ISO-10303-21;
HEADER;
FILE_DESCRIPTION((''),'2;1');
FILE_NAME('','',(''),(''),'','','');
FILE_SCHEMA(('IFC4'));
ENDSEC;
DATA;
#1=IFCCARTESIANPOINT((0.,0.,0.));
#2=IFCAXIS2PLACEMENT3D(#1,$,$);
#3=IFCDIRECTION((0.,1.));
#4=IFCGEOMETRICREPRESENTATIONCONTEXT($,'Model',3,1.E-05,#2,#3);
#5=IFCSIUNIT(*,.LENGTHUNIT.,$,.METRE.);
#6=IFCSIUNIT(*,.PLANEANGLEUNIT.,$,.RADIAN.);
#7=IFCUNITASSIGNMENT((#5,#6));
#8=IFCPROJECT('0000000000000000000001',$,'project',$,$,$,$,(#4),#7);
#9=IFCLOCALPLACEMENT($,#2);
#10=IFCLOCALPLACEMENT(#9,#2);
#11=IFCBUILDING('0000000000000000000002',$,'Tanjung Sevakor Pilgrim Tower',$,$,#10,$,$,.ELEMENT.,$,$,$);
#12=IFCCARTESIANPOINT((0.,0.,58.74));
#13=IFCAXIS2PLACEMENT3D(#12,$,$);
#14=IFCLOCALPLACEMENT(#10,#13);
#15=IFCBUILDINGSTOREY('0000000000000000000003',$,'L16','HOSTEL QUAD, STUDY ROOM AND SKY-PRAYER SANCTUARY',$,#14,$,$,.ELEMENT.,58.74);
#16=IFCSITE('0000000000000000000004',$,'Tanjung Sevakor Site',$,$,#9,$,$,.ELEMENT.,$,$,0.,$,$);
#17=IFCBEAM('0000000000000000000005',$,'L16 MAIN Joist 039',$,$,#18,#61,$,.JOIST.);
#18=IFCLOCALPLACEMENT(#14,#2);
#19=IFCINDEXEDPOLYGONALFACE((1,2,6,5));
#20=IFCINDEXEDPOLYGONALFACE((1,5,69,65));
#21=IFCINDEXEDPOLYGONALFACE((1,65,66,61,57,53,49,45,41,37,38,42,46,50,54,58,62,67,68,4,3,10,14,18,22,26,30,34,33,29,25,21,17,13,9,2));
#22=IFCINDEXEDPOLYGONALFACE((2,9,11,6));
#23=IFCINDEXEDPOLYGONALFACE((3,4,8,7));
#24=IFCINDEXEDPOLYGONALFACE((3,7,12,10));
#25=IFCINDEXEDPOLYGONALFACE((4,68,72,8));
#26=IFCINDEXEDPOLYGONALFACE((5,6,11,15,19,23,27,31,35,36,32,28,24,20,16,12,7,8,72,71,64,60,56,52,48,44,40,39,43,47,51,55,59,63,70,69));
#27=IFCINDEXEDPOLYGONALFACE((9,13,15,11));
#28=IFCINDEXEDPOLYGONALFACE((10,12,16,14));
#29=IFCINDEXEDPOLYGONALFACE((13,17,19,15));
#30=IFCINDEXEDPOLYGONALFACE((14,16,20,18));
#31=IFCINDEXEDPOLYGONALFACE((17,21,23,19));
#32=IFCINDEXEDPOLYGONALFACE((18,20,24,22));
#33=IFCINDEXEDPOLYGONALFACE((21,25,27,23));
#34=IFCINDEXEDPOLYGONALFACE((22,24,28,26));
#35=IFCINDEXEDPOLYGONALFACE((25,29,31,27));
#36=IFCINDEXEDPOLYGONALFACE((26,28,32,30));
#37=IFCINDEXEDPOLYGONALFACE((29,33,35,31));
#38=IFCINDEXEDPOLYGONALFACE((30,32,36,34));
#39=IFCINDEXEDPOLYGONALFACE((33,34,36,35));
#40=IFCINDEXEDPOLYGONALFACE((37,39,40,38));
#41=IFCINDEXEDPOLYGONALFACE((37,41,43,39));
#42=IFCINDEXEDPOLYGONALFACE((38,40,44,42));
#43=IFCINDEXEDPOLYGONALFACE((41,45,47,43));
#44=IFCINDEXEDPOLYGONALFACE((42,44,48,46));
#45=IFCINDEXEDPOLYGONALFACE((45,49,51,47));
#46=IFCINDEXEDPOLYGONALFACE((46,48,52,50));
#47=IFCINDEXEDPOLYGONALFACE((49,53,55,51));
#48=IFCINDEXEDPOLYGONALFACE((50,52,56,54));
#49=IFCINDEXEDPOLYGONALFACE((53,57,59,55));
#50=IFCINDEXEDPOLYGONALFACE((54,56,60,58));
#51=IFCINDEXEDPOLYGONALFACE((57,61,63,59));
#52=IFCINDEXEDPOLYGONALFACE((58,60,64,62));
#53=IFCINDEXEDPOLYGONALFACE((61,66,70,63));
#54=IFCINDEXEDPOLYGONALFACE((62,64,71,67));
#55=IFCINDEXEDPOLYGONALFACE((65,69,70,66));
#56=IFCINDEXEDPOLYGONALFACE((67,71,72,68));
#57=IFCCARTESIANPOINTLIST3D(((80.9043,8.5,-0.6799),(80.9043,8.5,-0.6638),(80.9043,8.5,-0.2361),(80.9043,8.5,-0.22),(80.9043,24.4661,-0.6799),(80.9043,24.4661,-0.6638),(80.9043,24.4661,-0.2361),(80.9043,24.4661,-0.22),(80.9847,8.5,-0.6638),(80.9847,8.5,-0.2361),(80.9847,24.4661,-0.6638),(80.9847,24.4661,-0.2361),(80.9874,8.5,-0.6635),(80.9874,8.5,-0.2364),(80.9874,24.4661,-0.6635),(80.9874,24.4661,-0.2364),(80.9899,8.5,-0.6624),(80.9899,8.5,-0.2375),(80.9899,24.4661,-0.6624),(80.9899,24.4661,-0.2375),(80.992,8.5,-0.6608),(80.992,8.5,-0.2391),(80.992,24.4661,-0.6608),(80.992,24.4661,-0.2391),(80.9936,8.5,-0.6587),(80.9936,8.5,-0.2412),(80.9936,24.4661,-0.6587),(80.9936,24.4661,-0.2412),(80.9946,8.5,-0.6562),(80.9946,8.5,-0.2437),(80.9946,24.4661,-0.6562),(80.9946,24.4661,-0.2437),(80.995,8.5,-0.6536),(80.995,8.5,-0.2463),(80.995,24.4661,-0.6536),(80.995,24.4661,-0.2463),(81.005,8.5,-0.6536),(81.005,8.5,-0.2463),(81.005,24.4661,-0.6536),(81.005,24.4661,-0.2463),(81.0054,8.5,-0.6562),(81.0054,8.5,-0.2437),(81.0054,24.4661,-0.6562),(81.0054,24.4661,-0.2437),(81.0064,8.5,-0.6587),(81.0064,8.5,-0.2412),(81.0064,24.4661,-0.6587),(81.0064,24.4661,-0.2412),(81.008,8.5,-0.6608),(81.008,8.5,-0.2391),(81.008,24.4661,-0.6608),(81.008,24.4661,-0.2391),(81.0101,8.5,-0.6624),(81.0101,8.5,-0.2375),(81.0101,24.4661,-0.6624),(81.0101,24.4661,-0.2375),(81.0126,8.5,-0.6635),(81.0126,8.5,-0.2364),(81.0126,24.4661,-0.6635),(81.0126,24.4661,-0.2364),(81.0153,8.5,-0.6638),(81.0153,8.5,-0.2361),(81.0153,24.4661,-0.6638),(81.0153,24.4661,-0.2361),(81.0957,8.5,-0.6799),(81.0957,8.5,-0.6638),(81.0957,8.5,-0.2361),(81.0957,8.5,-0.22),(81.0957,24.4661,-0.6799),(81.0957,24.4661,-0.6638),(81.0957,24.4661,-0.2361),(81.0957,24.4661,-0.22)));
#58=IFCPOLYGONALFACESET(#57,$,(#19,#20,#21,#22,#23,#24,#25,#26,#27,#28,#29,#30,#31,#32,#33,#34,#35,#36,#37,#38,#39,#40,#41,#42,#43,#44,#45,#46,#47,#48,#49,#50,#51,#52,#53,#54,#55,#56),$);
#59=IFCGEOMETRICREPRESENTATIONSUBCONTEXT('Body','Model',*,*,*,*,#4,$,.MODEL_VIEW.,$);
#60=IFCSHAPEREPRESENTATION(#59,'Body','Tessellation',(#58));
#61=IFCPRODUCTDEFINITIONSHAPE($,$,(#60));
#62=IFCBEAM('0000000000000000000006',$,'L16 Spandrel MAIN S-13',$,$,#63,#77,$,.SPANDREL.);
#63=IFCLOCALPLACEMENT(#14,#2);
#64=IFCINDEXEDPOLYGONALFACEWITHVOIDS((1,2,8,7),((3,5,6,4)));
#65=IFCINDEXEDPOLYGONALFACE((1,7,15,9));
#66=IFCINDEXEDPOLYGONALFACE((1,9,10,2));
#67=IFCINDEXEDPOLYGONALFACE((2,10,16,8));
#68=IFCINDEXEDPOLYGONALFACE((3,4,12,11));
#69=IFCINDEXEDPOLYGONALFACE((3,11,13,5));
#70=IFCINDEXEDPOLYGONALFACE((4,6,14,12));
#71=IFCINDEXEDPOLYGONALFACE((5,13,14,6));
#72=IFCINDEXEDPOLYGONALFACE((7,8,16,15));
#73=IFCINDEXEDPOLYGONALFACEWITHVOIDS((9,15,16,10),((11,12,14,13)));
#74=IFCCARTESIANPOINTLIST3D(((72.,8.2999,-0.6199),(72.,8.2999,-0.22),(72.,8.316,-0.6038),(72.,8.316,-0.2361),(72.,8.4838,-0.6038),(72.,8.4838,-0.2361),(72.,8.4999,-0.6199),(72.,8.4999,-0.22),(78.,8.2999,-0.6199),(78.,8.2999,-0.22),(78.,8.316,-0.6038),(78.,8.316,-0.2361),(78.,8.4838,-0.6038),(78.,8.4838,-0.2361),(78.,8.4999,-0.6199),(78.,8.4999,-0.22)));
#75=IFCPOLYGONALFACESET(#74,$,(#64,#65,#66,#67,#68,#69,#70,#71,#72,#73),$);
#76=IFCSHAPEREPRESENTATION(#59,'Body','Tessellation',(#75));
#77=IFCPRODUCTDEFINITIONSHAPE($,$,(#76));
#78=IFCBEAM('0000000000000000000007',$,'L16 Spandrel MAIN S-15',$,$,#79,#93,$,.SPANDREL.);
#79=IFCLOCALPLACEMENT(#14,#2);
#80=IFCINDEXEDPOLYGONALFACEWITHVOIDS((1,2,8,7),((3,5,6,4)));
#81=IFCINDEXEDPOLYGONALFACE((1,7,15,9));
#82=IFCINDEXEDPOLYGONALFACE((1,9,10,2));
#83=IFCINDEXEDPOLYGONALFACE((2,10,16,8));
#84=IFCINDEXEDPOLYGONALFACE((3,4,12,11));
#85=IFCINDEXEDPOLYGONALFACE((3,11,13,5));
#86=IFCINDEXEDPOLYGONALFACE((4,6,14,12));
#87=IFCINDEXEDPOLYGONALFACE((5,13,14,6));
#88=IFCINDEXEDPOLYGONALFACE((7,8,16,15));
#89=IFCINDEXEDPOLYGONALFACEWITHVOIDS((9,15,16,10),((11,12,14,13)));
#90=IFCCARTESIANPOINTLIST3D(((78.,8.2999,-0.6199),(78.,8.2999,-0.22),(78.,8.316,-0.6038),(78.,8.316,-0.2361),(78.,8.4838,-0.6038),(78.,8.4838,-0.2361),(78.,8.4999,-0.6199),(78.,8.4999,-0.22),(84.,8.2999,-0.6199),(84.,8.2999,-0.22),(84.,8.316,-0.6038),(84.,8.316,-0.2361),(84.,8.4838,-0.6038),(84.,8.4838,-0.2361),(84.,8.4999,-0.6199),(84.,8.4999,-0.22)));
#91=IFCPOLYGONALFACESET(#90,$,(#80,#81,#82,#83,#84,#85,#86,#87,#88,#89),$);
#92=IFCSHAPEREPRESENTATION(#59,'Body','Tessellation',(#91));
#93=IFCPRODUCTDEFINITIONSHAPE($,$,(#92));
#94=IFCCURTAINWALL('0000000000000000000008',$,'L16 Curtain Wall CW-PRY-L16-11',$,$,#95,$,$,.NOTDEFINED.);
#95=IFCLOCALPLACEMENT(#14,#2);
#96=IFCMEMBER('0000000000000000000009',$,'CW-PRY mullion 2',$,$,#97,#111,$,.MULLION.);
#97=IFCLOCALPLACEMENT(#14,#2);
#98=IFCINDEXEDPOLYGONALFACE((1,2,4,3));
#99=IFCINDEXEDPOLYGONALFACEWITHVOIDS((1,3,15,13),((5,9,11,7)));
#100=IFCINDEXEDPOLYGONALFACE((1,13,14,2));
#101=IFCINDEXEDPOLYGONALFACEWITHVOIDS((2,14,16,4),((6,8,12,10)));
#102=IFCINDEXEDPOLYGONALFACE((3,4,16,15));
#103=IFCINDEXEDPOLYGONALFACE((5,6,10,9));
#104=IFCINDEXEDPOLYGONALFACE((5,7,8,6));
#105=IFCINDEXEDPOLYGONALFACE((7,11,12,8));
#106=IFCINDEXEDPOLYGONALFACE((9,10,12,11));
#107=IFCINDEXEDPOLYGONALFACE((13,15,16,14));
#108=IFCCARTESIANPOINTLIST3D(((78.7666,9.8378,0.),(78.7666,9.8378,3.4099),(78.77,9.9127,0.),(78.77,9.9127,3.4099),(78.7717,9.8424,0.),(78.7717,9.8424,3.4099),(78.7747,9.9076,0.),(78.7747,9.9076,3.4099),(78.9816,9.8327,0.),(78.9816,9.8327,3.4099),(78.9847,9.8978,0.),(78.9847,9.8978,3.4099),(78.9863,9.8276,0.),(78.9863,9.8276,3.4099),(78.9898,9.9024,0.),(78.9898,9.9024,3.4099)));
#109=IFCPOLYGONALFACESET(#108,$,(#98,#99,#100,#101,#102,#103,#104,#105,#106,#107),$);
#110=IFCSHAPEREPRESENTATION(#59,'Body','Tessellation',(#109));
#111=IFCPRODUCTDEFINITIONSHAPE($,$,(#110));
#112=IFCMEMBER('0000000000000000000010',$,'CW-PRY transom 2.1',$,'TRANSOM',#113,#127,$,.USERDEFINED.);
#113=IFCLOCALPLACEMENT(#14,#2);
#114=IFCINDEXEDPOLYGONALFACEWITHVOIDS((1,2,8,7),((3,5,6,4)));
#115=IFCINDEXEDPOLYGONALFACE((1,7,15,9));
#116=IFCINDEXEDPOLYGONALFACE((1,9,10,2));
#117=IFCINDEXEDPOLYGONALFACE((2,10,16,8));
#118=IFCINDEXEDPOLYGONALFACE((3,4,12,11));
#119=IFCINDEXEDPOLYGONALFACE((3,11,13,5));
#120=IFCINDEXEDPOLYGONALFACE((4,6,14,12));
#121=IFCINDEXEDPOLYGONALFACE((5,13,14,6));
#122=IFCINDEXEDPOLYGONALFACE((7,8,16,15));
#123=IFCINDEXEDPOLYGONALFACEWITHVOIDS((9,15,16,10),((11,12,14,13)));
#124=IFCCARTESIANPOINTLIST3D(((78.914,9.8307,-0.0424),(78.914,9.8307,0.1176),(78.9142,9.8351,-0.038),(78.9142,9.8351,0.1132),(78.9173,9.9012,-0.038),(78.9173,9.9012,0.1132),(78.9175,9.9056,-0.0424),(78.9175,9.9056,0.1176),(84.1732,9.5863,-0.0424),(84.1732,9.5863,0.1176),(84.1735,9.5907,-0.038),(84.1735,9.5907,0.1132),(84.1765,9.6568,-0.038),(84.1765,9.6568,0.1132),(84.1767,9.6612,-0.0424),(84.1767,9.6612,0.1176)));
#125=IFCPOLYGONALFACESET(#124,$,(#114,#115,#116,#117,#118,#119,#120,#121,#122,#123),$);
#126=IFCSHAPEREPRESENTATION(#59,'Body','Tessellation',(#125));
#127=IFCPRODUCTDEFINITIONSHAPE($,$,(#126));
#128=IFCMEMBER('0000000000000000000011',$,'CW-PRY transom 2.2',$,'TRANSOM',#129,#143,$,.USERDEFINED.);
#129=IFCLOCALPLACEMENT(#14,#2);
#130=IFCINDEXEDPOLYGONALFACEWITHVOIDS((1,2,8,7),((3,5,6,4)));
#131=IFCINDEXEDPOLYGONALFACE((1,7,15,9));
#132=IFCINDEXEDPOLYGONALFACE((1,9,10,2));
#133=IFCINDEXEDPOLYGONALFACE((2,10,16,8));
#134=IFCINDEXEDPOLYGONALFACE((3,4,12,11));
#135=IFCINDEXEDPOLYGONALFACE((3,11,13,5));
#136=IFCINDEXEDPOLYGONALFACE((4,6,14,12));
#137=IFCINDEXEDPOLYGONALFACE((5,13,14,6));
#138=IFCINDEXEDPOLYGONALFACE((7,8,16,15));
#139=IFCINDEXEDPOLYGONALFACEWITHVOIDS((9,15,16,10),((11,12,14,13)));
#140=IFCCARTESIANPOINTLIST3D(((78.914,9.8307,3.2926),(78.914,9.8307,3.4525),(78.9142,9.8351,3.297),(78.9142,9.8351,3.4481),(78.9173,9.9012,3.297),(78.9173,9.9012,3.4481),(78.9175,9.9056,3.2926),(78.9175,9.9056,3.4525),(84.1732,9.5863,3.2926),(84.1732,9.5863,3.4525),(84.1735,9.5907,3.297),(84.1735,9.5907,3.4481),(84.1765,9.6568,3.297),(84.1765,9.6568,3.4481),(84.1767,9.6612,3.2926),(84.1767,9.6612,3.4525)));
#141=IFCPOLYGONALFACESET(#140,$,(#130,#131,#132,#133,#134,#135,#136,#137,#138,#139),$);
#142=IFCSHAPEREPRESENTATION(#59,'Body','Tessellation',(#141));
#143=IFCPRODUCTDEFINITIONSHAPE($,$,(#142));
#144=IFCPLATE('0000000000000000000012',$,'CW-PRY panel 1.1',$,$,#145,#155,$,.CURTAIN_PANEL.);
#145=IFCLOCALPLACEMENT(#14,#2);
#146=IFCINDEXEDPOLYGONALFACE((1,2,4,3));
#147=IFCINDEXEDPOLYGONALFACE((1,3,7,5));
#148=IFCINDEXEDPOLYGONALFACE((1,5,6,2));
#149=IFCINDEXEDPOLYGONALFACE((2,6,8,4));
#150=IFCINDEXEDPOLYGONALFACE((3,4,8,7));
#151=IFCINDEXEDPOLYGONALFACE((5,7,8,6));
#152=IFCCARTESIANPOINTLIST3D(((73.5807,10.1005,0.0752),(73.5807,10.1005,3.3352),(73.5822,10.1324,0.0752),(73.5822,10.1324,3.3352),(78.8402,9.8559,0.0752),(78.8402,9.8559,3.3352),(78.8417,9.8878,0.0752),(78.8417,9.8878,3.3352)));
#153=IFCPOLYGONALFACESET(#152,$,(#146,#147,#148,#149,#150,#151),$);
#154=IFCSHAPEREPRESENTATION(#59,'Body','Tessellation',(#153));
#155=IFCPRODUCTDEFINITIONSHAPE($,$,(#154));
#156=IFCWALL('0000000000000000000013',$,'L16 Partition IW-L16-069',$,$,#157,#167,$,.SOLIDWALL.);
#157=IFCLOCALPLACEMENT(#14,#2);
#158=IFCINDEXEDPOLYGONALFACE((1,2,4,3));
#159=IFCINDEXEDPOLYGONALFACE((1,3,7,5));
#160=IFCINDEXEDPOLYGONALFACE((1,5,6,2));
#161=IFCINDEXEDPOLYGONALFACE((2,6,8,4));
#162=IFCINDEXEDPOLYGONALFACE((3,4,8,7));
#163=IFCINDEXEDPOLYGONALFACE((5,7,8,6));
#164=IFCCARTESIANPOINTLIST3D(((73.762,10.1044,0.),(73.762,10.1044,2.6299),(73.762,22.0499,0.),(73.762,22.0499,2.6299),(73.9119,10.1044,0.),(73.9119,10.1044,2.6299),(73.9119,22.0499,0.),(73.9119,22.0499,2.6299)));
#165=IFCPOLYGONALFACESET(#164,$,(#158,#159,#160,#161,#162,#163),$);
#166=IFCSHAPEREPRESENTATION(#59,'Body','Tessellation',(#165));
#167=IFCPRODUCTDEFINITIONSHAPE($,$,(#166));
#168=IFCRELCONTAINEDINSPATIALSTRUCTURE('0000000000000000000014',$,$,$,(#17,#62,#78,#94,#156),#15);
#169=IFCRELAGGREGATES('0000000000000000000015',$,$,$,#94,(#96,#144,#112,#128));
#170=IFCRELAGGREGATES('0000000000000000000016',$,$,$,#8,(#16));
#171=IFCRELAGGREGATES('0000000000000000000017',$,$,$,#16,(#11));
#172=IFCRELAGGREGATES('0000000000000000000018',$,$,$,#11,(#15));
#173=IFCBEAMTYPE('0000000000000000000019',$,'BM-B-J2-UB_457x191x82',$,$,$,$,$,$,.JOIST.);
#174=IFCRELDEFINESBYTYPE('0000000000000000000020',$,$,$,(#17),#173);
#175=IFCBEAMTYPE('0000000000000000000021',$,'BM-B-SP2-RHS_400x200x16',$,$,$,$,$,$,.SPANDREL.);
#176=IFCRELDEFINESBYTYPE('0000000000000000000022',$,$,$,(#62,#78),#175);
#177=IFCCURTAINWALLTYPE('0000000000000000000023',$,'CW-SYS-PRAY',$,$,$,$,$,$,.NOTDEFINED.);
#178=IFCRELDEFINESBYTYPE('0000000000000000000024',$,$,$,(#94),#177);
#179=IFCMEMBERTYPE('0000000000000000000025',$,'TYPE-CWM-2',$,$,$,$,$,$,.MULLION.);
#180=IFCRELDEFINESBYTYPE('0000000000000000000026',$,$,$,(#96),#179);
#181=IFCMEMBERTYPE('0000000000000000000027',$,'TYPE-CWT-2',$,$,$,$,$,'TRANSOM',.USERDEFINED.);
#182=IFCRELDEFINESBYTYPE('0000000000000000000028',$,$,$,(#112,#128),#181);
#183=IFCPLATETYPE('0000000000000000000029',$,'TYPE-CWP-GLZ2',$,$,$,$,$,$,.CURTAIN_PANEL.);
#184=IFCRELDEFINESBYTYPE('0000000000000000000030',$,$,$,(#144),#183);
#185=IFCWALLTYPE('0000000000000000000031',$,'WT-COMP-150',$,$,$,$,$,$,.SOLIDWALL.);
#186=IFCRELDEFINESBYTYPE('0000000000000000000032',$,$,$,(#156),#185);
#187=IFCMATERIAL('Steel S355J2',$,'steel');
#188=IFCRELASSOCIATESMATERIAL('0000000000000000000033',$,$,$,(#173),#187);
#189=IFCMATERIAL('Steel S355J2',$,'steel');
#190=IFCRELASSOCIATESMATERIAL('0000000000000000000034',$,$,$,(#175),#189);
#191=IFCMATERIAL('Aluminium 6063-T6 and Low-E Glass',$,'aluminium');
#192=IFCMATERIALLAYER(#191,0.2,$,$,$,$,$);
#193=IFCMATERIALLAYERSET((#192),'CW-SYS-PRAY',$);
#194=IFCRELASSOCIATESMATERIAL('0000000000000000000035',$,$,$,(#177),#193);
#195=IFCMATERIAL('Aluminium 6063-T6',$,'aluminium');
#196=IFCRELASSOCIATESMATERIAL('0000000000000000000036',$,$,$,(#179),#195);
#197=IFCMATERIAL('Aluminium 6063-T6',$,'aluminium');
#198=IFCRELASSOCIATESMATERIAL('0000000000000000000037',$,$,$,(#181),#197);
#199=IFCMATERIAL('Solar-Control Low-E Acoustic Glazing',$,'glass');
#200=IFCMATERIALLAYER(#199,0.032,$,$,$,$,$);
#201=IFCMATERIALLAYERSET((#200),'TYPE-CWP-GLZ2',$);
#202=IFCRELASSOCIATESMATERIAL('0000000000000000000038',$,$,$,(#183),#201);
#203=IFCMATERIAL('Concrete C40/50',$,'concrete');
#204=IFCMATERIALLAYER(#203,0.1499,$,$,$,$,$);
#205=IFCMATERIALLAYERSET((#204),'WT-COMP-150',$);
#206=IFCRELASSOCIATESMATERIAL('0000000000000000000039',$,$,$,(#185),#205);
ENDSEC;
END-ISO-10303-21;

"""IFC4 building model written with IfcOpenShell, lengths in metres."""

from ifc_helpers import new_model, si_unit, direction, frame, frame_2d, origin, origin_2d, place, context, subcontext, project, spatial, rectangle, hollow_rectangle, i_section, extrude, material, layer, layer_set, material_profile, profile_set, type_object, element, aggregate, save


model = new_model("IFC4")

# Units and contexts
model_context = context("Model", 3, precision=1e-05, world=origin(), true_north=direction((0.0, 1.0)))
body_context = subcontext(model_context, "Body", "Model", "MODEL_VIEW")
ifc_project = project(units=[si_unit("LENGTHUNIT", "METRE"), si_unit("PLANEANGLEUNIT", "RADIAN")], contexts=[model_context])

# Site, building, storey
site_placement = place(None, origin())
site = spatial("IfcSite", under=ifc_project, at=site_placement, Name="Tanjung Sevakor Site", CompositionType="ELEMENT", RefElevation=0.0)
building_placement = place(site_placement, origin())
building = spatial("IfcBuilding", under=site, at=building_placement, Name="Tanjung Sevakor Pilgrim Tower", CompositionType="ELEMENT")
storey_placement = place(building_placement, frame((0.0, 0.0, 58.74)))
storey = spatial("IfcBuildingStorey", under=building, at=storey_placement, Name="L16", Description="HOSTEL QUAD, STUDY ROOM AND SKY-PRAYER SANCTUARY", CompositionType="ELEMENT", Elevation=58.74)

# Beams
ifc_material_1 = material(Name="Steel S355J2", Category="steel")
ifc_material_profile_1 = material_profile(ifc_material_1, i_section(OverallWidth=0.1914, OverallDepth=0.46, WebThickness=0.01, FlangeThickness=0.0161, FilletRadius=0.0103, at=origin_2d()))
ifc_profile_set_1 = profile_set([ifc_material_profile_1], Name="Steel S355J2")
beam_type_1 = type_object("IfcBeamType", Name="BM-B-J2-UB_457x191x82", PredefinedType="JOIST", material=ifc_profile_set_1)
for number, where, z_axis, x_axis, name in (
    (1, (81.0, 8.5, -0.45), (0.0, 1.0, 0.0), (-1.0, 0.0, 0.0), "L16 MAIN Joist 039"),
):
    element("IfcBeam", number, at=place(storey_placement, frame(where, z_axis=z_axis, x_axis=x_axis)), inside=storey, type_object=beam_type_1, Name=name, PredefinedType="JOIST", context=body_context, shape_type="SweptSolid", body=[
        extrude(i_section(OverallWidth=0.1914, OverallDepth=0.46, WebThickness=0.01, FlangeThickness=0.0161, FilletRadius=0.0103, at=origin_2d()), origin(), (0.0, 0.0, 1.0), 15.9661),
    ])
ifc_material_2 = material(Name="Steel S355J2", Category="steel")
ifc_material_profile_2 = material_profile(ifc_material_2, hollow_rectangle(XDim=0.2, YDim=0.3999, WallThickness=0.0161, at=origin_2d()))
ifc_profile_set_2 = profile_set([ifc_material_profile_2], Name="Steel S355J2")
beam_type_2 = type_object("IfcBeamType", Name="BM-B-SP2-RHS_400x200x16", PredefinedType="SPANDREL", material=ifc_profile_set_2)
for number, where, z_axis, x_axis, name in (
    (2, (72.0, 8.3999, -0.4199), (1.0, 0.0, 0.0), (0.0, 1.0, 0.0), "L16 Spandrel MAIN S-13"),
    (3, (78.0, 8.3999, -0.4199), (1.0, 0.0, 0.0), (0.0, 1.0, 0.0), "L16 Spandrel MAIN S-15"),
):
    element("IfcBeam", number, at=place(storey_placement, frame(where, z_axis=z_axis, x_axis=x_axis)), inside=storey, type_object=beam_type_2, Name=name, PredefinedType="SPANDREL", context=body_context, shape_type="SweptSolid", body=[
        extrude(hollow_rectangle(XDim=0.2, YDim=0.3999, WallThickness=0.0161, at=origin_2d()), origin(), (0.0, 0.0, 1.0), 6.0),
    ])

# Curtain wall, members, plate
ifc_material_3 = material(Name="Aluminium 6063-T6 and Low-E Glass", Category="aluminium")
ifc_layer_1 = layer(ifc_material_3, 0.2)
ifc_layer_set_1 = layer_set([ifc_layer_1], Name="CW-SYS-PRAY")
curtain_wall_type = type_object("IfcCurtainWallType", Name="CW-SYS-PRAY", PredefinedType="NOTDEFINED", material=ifc_layer_set_1)
curtain_wall_placement = place(storey_placement, origin())
curtain_wall = element("IfcCurtainWall", 4, at=curtain_wall_placement, inside=storey, type_object=curtain_wall_type, Name="L16 Curtain Wall CW-PRY-L16-11", PredefinedType="NOTDEFINED")
ifc_material_4 = material(Name="Aluminium 6063-T6", Category="aluminium")
ifc_material_profile_3 = material_profile(ifc_material_4, hollow_rectangle(XDim=0.075, YDim=0.22, WallThickness=0.0049, at=origin_2d()))
ifc_profile_set_3 = profile_set([ifc_material_profile_3], Name="Aluminium 6063-T6")
member_type_1 = type_object("IfcMemberType", Name="TYPE-CWM-2", PredefinedType="MULLION", material=ifc_profile_set_3)
member_1_placement = place(storey_placement, frame((78.8782, 9.8701, 0.0), z_axis=(0.0, 0.0, 1.0), x_axis=(0.046452, 0.998921, 0.0)))
member_1 = element("IfcMember", 5, at=member_1_placement, type_object=member_type_1, Name="CW-PRY mullion 2", PredefinedType="MULLION", context=body_context, shape_type="SweptSolid", body=[
    extrude(hollow_rectangle(XDim=0.075, YDim=0.22, WallThickness=0.0049, at=origin_2d()), origin(), (0.0, 0.0, 1.0), 3.4099),
])
ifc_material_5 = material(Name="Aluminium 6063-T6", Category="aluminium")
ifc_material_profile_4 = material_profile(ifc_material_5, hollow_rectangle(XDim=0.075, YDim=0.1599, WallThickness=0.0044, at=origin_2d()))
ifc_profile_set_4 = profile_set([ifc_material_profile_4], Name="Aluminium 6063-T6")
member_type_2 = type_object("IfcMemberType", Name="TYPE-CWT-2", ElementType="TRANSOM", PredefinedType="USERDEFINED", material=ifc_profile_set_4)
member_2_placement = place(storey_placement, frame((78.9158, 9.8682, 0.0376), z_axis=(0.998922, -0.046417, 0.0), x_axis=(0.046417, 0.998922, 0.0)))
member_2 = element("IfcMember", 6, at=member_2_placement, type_object=member_type_2, Name="CW-PRY transom 2.1", ObjectType="TRANSOM", PredefinedType="USERDEFINED", context=body_context, shape_type="SweptSolid", body=[
    extrude(hollow_rectangle(XDim=0.075, YDim=0.1599, WallThickness=0.0044, at=origin_2d()), origin(), (0.0, 0.0, 1.0), 5.2649),
])
member_3_placement = place(storey_placement, frame((78.9158, 9.8682, 3.3726), z_axis=(0.998922, -0.046417, 0.0), x_axis=(0.046417, 0.998922, 0.0)))
member_3 = element("IfcMember", 7, at=member_3_placement, type_object=member_type_2, Name="CW-PRY transom 2.2", ObjectType="TRANSOM", PredefinedType="USERDEFINED", context=body_context, shape_type="SweptSolid", body=[
    extrude(hollow_rectangle(XDim=0.075, YDim=0.1599, WallThickness=0.0044, at=origin_2d()), origin(), (0.0, 0.0, 1.0), 5.2649),
])
ifc_material_6 = material(Name="Solar-Control Low-E Acoustic Glazing", Category="glass")
ifc_layer_2 = layer(ifc_material_6, 0.032)
ifc_layer_set_2 = layer_set([ifc_layer_2], Name="TYPE-CWP-GLZ2")
plate_type = type_object("IfcPlateType", Name="TYPE-CWP-GLZ2", PredefinedType="CURTAIN_PANEL", material=ifc_layer_set_2)
plate_placement = place(storey_placement, frame((76.2112, 9.9941, 0.0752), z_axis=(0.0, 0.0, 1.0), x_axis=(0.998921, -0.046452, 0.0)))
plate = element("IfcPlate", 8, at=plate_placement, type_object=plate_type, Name="CW-PRY panel 1.1", PredefinedType="CURTAIN_PANEL", context=body_context, shape_type="SweptSolid", body=[
    extrude(rectangle(XDim=5.2651, YDim=0.032, at=origin_2d()), origin(), (0.0, 0.0, 1.0), 3.26),
])
aggregate(curtain_wall, [member_1, plate, member_2, member_3])

# Wall
ifc_material_7 = material(Name="Concrete C40/50", Category="concrete")
ifc_layer_3 = layer(ifc_material_7, 0.1499)
ifc_layer_set_3 = layer_set([ifc_layer_3], Name="WT-COMP-150")
wall_type_1 = type_object("IfcWallType", Name="WT-COMP-150", PredefinedType="SOLIDWALL", material=ifc_layer_set_3)
wall_1_placement = place(storey_placement, frame((73.8369, 10.1045, 0.0), z_axis=(0.0, 0.0, 1.0), x_axis=(0.0, 1.0, 0.0)))
element("IfcWall", 9, at=wall_1_placement, inside=storey, type_object=wall_type_1, Name="L16 Partition IW-L16-069", PredefinedType="SOLIDWALL", context=body_context, shape_type="SweptSolid", body=[
    extrude(rectangle(XDim=11.9456, YDim=0.1499, at=frame_2d((5.9727, 0.0))), origin(), (0.0, 0.0, 1.0), 2.6299),
])

save(model, "model.ifc")
